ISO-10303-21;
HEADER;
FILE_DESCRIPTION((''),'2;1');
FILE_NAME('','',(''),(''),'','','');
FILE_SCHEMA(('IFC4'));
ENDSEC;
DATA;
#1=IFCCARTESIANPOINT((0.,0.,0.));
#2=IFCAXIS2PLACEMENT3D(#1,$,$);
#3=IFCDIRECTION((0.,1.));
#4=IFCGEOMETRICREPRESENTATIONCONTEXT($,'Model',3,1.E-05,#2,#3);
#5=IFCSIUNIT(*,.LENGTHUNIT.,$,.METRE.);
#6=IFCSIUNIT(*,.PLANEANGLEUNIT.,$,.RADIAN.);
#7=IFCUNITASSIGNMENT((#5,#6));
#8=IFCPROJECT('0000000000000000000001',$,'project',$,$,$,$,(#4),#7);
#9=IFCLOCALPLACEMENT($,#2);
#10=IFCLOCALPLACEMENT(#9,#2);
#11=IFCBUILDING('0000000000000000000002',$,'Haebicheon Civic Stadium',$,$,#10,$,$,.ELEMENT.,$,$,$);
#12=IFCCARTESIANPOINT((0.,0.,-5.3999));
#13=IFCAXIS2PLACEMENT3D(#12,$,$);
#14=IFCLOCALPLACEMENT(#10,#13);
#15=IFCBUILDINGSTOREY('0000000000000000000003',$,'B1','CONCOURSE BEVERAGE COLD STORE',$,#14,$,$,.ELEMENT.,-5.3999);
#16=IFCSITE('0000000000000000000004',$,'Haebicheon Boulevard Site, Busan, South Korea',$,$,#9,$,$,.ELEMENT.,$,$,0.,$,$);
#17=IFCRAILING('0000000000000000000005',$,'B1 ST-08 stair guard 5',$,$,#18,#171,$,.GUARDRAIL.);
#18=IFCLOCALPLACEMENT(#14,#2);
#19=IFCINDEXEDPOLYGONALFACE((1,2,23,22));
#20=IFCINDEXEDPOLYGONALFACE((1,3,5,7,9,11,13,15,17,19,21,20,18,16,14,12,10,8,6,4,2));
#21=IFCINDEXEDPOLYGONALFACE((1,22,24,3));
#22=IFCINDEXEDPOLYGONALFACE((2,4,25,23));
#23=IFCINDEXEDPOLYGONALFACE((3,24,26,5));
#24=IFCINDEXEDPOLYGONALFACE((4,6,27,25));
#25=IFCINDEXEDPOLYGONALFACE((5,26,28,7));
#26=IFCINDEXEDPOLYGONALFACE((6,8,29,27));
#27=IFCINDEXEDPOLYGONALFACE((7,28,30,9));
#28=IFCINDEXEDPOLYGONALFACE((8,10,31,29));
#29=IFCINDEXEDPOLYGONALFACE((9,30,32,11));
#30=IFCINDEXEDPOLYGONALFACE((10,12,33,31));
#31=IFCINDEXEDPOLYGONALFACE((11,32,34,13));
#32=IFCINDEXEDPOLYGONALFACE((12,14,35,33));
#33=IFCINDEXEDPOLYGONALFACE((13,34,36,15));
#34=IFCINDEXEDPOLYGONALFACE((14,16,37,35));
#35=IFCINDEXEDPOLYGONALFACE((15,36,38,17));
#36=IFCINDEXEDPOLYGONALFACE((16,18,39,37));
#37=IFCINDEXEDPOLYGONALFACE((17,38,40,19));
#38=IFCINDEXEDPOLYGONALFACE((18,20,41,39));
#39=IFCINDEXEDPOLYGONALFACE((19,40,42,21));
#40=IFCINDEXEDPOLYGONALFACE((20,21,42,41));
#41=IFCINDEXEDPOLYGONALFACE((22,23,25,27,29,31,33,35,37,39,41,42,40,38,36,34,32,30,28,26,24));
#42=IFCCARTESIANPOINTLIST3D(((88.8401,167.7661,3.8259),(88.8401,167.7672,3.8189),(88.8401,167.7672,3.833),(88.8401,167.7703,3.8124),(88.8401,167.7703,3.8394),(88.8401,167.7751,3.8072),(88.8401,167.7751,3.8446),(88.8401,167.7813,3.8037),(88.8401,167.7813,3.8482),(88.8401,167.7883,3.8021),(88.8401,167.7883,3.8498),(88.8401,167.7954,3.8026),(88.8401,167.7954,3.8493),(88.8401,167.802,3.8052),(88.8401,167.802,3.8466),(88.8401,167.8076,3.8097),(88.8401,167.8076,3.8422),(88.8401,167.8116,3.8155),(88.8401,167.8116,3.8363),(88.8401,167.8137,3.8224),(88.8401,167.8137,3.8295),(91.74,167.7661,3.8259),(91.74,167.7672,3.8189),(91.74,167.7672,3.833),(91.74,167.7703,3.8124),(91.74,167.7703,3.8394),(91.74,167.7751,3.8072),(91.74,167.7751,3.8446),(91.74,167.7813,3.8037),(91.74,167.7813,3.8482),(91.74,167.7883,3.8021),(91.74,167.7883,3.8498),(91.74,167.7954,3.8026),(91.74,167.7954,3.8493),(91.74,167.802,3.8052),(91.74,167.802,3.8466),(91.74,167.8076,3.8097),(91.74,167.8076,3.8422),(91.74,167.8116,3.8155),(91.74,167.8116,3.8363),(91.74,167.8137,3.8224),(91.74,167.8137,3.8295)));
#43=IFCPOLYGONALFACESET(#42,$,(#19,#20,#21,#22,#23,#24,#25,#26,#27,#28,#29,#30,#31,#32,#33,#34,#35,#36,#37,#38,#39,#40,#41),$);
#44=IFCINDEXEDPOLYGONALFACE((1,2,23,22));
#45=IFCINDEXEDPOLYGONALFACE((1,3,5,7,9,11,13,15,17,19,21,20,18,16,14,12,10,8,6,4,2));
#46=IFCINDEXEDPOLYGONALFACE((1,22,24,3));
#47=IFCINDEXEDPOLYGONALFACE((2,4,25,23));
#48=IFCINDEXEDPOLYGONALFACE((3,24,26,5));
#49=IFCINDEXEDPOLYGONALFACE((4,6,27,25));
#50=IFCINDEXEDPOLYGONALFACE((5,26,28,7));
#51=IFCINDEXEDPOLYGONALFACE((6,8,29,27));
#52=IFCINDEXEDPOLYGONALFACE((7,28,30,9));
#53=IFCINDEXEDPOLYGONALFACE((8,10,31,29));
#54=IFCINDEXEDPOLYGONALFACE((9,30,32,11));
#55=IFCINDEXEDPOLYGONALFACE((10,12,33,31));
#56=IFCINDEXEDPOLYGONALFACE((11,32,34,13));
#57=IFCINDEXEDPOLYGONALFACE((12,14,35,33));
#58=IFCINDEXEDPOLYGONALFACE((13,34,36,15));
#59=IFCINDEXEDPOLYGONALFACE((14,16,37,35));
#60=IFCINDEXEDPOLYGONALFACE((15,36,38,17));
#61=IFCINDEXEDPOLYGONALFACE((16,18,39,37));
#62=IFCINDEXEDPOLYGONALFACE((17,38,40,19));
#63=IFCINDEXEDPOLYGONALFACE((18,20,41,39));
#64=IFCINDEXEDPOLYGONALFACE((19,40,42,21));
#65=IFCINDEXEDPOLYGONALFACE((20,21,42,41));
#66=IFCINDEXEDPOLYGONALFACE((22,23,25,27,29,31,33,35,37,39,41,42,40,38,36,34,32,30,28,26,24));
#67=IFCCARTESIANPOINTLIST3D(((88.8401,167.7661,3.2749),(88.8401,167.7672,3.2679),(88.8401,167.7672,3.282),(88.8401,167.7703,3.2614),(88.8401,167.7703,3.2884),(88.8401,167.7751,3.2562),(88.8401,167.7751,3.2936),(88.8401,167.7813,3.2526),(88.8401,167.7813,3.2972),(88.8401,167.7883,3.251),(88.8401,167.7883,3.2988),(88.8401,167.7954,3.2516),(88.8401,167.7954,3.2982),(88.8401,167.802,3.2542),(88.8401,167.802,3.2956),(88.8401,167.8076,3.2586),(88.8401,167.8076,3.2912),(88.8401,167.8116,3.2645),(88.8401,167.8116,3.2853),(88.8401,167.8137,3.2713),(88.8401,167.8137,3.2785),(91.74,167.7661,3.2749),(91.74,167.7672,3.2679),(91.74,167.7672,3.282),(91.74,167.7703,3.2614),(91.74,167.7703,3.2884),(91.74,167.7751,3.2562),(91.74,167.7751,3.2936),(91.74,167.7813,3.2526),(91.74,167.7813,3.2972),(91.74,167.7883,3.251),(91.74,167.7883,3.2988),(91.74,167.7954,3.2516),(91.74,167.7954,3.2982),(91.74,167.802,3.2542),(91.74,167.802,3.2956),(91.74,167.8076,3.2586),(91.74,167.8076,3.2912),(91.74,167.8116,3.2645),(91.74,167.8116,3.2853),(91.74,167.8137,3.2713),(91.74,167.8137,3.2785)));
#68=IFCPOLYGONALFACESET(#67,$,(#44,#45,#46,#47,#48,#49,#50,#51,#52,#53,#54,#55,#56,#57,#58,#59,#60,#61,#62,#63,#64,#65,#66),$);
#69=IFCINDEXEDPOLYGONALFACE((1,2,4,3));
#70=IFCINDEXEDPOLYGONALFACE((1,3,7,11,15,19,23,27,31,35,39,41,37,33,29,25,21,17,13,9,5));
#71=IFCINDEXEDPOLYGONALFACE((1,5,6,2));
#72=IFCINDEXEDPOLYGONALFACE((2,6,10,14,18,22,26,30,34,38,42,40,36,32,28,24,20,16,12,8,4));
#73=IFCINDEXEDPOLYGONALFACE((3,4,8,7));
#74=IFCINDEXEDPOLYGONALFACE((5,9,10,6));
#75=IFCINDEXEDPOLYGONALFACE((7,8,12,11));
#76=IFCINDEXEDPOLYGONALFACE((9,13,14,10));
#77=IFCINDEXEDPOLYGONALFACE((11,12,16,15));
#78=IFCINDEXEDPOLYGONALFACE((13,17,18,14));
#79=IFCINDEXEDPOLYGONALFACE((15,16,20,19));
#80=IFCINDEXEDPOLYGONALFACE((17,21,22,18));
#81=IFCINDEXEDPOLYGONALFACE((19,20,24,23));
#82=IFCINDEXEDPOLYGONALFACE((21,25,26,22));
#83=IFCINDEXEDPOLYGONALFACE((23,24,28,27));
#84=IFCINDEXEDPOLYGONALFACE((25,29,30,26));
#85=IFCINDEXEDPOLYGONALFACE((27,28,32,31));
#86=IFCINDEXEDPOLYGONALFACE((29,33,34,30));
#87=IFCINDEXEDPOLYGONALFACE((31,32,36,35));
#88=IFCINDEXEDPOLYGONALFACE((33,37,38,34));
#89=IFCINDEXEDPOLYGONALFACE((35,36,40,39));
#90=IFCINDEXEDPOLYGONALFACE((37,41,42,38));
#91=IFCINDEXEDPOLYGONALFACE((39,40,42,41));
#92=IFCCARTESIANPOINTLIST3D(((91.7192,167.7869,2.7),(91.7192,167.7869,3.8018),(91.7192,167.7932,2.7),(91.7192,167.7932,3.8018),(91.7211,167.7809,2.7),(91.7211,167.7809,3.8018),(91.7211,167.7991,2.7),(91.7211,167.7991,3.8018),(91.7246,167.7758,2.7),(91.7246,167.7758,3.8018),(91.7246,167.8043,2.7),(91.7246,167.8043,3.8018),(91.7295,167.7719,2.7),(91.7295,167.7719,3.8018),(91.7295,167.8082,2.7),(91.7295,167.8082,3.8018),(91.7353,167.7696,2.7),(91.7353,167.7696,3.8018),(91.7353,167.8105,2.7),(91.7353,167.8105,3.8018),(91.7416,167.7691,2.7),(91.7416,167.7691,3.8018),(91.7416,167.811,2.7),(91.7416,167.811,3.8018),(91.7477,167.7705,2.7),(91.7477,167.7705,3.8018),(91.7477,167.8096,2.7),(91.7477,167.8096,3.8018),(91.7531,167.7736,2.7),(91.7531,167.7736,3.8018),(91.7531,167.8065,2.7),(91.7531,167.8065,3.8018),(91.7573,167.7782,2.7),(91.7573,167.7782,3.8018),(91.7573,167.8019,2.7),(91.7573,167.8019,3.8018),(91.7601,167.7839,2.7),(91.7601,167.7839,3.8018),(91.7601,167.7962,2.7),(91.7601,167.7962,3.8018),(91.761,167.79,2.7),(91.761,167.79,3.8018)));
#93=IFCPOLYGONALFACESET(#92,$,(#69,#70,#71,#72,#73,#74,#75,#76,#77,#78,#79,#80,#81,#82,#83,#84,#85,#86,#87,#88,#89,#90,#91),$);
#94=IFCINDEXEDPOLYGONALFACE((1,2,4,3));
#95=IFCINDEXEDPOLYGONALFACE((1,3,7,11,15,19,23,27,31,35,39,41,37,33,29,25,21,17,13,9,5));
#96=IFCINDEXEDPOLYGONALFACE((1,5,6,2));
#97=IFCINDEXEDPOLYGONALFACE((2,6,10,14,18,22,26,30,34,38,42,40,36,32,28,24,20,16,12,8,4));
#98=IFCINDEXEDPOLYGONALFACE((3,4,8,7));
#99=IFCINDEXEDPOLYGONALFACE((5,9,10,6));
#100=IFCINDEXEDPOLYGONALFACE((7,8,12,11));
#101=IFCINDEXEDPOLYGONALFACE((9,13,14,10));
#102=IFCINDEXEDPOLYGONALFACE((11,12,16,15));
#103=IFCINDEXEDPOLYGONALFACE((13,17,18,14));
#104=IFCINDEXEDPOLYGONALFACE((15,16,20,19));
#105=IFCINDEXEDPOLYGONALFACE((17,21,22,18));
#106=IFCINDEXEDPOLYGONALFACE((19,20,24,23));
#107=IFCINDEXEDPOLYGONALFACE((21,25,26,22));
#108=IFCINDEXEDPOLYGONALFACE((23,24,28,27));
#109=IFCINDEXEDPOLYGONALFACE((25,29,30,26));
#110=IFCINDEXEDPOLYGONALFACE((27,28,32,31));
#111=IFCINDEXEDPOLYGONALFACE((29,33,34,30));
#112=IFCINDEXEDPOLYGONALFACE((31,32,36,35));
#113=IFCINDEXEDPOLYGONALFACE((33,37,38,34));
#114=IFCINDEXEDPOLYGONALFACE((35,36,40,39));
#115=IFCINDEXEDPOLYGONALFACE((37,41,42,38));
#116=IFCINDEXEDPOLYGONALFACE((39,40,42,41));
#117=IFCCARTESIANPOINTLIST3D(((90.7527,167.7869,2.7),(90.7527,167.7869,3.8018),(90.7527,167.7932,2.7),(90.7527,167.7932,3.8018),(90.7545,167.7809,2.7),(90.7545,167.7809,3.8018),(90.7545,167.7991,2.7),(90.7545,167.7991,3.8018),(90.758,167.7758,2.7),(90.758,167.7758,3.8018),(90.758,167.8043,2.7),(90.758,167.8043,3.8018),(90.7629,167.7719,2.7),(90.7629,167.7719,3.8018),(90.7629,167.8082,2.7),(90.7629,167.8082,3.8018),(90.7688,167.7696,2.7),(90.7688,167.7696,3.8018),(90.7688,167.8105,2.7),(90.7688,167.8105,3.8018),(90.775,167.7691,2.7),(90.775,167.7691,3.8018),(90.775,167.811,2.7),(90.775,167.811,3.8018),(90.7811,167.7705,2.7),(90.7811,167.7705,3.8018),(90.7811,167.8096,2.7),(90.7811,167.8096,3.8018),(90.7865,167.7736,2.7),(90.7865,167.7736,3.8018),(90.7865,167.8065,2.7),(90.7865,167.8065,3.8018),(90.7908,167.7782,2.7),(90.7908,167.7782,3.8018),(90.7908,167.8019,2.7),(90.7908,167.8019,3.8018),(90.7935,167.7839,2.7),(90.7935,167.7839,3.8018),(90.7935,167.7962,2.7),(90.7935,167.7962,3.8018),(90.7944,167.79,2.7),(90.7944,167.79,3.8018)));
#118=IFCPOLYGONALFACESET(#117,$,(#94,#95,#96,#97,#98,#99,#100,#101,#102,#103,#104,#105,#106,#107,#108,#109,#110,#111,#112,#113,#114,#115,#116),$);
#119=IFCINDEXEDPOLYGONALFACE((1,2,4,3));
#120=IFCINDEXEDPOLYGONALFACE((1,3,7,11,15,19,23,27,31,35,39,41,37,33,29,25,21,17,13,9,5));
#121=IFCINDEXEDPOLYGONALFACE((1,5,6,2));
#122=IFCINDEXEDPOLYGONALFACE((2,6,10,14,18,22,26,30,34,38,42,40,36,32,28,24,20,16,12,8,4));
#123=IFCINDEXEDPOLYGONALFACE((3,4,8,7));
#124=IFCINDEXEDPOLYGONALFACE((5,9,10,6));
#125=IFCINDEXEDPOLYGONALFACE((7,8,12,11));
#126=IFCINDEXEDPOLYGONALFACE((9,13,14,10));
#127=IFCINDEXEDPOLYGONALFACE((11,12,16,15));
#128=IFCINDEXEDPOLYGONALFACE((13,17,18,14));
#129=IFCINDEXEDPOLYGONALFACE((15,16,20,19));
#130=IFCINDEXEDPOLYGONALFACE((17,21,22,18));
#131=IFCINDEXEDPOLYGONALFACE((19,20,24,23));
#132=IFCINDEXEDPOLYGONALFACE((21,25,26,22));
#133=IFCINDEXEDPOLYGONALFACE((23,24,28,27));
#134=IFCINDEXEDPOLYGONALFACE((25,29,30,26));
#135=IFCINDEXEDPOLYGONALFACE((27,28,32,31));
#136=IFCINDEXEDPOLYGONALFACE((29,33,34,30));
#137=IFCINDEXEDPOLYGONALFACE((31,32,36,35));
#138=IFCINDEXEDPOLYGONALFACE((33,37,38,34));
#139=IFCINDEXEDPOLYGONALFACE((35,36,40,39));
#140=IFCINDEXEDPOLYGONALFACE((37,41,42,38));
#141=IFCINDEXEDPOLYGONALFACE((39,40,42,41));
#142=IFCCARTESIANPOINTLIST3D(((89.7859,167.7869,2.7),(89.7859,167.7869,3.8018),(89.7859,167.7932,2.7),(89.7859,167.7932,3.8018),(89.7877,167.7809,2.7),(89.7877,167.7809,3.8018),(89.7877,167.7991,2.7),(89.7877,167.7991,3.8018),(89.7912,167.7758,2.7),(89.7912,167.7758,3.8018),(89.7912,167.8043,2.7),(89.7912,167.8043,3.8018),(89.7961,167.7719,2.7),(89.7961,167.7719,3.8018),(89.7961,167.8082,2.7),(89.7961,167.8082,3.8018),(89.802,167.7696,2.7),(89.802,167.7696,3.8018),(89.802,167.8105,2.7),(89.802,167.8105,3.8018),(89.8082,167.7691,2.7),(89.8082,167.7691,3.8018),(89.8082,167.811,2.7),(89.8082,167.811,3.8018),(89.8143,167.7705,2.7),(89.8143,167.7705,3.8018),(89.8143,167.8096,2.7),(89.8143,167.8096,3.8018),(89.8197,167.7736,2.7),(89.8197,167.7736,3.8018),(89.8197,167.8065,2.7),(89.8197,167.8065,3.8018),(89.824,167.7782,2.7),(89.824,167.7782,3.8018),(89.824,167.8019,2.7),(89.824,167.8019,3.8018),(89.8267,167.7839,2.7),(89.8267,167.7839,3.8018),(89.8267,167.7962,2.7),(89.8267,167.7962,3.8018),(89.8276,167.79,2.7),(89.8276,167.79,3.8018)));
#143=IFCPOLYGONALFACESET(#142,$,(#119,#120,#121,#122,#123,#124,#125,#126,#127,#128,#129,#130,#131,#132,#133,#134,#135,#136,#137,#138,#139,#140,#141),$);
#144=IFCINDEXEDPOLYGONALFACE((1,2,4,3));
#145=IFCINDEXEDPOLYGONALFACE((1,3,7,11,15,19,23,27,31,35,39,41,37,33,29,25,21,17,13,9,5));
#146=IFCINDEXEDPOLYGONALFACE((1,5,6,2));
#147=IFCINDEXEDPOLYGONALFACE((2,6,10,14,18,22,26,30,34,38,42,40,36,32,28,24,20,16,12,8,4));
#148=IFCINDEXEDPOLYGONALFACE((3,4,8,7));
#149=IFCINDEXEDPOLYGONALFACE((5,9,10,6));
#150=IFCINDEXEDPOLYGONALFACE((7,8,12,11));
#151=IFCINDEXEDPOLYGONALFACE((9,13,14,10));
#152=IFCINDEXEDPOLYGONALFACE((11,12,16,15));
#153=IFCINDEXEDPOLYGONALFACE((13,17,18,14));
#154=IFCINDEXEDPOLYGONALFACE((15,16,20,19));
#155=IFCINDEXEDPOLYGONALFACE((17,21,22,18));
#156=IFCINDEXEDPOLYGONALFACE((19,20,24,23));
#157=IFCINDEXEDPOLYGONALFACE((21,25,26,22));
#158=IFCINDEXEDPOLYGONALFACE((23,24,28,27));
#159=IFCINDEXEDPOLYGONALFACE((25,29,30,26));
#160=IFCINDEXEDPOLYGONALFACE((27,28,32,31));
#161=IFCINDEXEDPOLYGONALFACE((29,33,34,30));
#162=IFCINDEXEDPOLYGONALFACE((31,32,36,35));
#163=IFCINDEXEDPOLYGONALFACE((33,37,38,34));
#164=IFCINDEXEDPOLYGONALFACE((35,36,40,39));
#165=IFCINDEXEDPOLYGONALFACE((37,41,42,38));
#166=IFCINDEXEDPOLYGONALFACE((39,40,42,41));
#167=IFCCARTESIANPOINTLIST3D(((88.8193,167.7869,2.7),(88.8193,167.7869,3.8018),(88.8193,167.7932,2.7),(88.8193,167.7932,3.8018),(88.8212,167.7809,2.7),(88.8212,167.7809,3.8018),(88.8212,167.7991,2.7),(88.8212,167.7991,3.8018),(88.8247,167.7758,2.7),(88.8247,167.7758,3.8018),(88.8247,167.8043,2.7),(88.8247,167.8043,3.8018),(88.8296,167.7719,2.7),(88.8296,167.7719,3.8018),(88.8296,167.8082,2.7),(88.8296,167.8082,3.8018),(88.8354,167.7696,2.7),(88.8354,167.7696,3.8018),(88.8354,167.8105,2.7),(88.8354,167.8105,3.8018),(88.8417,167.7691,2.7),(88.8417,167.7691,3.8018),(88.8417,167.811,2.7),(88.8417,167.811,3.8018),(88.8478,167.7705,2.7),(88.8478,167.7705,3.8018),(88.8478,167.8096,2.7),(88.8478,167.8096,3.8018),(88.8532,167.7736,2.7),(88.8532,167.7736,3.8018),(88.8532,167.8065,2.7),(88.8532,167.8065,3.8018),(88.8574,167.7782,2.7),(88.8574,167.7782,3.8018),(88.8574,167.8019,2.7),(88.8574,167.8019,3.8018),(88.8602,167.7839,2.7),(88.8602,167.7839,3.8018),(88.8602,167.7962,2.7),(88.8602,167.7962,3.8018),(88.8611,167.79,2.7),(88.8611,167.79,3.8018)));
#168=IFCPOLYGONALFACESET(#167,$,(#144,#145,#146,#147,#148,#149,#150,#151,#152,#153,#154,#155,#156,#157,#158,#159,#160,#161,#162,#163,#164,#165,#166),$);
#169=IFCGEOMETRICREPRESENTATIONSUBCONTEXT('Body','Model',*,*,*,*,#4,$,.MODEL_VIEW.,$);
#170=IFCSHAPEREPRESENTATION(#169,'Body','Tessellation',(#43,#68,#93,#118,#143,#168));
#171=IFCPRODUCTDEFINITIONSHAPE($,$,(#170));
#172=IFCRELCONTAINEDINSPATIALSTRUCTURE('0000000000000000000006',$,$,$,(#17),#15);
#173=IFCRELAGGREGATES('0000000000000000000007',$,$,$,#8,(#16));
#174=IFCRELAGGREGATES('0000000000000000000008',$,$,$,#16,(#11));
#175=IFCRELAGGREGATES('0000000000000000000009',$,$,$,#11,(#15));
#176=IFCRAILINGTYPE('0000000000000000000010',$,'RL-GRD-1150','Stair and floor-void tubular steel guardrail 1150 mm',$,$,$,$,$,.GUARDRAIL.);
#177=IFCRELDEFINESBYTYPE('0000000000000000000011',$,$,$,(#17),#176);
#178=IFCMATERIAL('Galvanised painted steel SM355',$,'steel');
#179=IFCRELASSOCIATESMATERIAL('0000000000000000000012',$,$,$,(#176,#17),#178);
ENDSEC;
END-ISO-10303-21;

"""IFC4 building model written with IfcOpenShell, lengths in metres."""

from ifc_helpers import new_model, si_unit, direction, frame, origin, origin_2d, place, context, subcontext, project, spatial, circle, extrude, material, type_object, element, save


model = new_model("IFC4")

# Units and contexts
model_context = context("Model", 3, precision=1e-05, world=origin(), true_north=direction((0.0, 1.0)))
body_context = subcontext(model_context, "Body", "Model", "MODEL_VIEW")
ifc_project = project(units=[si_unit("LENGTHUNIT", "METRE"), si_unit("PLANEANGLEUNIT", "RADIAN")], contexts=[model_context])

# Site, building, storey
site_placement = place(None, origin())
site = spatial("IfcSite", under=ifc_project, at=site_placement, Name="Haebicheon Boulevard Site, Busan, South Korea", CompositionType="ELEMENT", RefElevation=0.0)
building_placement = place(site_placement, origin())
building = spatial("IfcBuilding", under=site, at=building_placement, Name="Haebicheon Civic Stadium", CompositionType="ELEMENT")
storey_placement = place(building_placement, frame((0.0, 0.0, -5.3999)))
storey = spatial("IfcBuildingStorey", under=building, at=storey_placement, Name="B1", Description="CONCOURSE BEVERAGE COLD STORE", CompositionType="ELEMENT", Elevation=-5.3999)

# Railing
ifc_material_1 = material(Name="Galvanised painted steel SM355", Category="steel")
railing_type_1 = type_object("IfcRailingType", Name="RL-GRD-1150", Description="Stair and floor-void tubular steel guardrail 1150 mm", PredefinedType="GUARDRAIL", material=ifc_material_1)
railing_1_placement = place(storey_placement, frame((91.74, 167.79, 2.7)))
element("IfcRailing", 1, at=railing_1_placement, inside=storey, type_object=railing_type_1, material=ifc_material_1, Name="B1 ST-08 stair guard 5", PredefinedType="GUARDRAIL", context=body_context, shape_type="SweptSolid", body=[
    extrude(circle(Radius=0.0239, at=origin_2d()), frame((0.0, 0.0, 1.126), z_axis=(-1.0, 0.0, 0.0), x_axis=(0.0, -1.0, 0.0)), (0.0, 0.0, 1.0), 2.8999),
    extrude(circle(Radius=0.0239, at=origin_2d()), frame((0.0, 0.0, 0.575), z_axis=(-1.0, 0.0, 0.0), x_axis=(0.0, -1.0, 0.0)), (0.0, 0.0, 1.0), 2.8999),
    extrude(circle(Radius=0.021, at=origin_2d()), origin(), (0.0, 0.0, 1.0), 1.1018),
    extrude(circle(Radius=0.021, at=origin_2d()), frame((-0.9666, 0.0, 0.0)), (0.0, 0.0, 1.0), 1.1018),
    extrude(circle(Radius=0.021, at=origin_2d()), frame((-1.9333, 0.0, 0.0)), (0.0, 0.0, 1.0), 1.1018),
    extrude(circle(Radius=0.021, at=origin_2d()), frame((-2.8999, 0.0, 0.0)), (0.0, 0.0, 1.0), 1.1018),
])

save(model, "model.ifc")
